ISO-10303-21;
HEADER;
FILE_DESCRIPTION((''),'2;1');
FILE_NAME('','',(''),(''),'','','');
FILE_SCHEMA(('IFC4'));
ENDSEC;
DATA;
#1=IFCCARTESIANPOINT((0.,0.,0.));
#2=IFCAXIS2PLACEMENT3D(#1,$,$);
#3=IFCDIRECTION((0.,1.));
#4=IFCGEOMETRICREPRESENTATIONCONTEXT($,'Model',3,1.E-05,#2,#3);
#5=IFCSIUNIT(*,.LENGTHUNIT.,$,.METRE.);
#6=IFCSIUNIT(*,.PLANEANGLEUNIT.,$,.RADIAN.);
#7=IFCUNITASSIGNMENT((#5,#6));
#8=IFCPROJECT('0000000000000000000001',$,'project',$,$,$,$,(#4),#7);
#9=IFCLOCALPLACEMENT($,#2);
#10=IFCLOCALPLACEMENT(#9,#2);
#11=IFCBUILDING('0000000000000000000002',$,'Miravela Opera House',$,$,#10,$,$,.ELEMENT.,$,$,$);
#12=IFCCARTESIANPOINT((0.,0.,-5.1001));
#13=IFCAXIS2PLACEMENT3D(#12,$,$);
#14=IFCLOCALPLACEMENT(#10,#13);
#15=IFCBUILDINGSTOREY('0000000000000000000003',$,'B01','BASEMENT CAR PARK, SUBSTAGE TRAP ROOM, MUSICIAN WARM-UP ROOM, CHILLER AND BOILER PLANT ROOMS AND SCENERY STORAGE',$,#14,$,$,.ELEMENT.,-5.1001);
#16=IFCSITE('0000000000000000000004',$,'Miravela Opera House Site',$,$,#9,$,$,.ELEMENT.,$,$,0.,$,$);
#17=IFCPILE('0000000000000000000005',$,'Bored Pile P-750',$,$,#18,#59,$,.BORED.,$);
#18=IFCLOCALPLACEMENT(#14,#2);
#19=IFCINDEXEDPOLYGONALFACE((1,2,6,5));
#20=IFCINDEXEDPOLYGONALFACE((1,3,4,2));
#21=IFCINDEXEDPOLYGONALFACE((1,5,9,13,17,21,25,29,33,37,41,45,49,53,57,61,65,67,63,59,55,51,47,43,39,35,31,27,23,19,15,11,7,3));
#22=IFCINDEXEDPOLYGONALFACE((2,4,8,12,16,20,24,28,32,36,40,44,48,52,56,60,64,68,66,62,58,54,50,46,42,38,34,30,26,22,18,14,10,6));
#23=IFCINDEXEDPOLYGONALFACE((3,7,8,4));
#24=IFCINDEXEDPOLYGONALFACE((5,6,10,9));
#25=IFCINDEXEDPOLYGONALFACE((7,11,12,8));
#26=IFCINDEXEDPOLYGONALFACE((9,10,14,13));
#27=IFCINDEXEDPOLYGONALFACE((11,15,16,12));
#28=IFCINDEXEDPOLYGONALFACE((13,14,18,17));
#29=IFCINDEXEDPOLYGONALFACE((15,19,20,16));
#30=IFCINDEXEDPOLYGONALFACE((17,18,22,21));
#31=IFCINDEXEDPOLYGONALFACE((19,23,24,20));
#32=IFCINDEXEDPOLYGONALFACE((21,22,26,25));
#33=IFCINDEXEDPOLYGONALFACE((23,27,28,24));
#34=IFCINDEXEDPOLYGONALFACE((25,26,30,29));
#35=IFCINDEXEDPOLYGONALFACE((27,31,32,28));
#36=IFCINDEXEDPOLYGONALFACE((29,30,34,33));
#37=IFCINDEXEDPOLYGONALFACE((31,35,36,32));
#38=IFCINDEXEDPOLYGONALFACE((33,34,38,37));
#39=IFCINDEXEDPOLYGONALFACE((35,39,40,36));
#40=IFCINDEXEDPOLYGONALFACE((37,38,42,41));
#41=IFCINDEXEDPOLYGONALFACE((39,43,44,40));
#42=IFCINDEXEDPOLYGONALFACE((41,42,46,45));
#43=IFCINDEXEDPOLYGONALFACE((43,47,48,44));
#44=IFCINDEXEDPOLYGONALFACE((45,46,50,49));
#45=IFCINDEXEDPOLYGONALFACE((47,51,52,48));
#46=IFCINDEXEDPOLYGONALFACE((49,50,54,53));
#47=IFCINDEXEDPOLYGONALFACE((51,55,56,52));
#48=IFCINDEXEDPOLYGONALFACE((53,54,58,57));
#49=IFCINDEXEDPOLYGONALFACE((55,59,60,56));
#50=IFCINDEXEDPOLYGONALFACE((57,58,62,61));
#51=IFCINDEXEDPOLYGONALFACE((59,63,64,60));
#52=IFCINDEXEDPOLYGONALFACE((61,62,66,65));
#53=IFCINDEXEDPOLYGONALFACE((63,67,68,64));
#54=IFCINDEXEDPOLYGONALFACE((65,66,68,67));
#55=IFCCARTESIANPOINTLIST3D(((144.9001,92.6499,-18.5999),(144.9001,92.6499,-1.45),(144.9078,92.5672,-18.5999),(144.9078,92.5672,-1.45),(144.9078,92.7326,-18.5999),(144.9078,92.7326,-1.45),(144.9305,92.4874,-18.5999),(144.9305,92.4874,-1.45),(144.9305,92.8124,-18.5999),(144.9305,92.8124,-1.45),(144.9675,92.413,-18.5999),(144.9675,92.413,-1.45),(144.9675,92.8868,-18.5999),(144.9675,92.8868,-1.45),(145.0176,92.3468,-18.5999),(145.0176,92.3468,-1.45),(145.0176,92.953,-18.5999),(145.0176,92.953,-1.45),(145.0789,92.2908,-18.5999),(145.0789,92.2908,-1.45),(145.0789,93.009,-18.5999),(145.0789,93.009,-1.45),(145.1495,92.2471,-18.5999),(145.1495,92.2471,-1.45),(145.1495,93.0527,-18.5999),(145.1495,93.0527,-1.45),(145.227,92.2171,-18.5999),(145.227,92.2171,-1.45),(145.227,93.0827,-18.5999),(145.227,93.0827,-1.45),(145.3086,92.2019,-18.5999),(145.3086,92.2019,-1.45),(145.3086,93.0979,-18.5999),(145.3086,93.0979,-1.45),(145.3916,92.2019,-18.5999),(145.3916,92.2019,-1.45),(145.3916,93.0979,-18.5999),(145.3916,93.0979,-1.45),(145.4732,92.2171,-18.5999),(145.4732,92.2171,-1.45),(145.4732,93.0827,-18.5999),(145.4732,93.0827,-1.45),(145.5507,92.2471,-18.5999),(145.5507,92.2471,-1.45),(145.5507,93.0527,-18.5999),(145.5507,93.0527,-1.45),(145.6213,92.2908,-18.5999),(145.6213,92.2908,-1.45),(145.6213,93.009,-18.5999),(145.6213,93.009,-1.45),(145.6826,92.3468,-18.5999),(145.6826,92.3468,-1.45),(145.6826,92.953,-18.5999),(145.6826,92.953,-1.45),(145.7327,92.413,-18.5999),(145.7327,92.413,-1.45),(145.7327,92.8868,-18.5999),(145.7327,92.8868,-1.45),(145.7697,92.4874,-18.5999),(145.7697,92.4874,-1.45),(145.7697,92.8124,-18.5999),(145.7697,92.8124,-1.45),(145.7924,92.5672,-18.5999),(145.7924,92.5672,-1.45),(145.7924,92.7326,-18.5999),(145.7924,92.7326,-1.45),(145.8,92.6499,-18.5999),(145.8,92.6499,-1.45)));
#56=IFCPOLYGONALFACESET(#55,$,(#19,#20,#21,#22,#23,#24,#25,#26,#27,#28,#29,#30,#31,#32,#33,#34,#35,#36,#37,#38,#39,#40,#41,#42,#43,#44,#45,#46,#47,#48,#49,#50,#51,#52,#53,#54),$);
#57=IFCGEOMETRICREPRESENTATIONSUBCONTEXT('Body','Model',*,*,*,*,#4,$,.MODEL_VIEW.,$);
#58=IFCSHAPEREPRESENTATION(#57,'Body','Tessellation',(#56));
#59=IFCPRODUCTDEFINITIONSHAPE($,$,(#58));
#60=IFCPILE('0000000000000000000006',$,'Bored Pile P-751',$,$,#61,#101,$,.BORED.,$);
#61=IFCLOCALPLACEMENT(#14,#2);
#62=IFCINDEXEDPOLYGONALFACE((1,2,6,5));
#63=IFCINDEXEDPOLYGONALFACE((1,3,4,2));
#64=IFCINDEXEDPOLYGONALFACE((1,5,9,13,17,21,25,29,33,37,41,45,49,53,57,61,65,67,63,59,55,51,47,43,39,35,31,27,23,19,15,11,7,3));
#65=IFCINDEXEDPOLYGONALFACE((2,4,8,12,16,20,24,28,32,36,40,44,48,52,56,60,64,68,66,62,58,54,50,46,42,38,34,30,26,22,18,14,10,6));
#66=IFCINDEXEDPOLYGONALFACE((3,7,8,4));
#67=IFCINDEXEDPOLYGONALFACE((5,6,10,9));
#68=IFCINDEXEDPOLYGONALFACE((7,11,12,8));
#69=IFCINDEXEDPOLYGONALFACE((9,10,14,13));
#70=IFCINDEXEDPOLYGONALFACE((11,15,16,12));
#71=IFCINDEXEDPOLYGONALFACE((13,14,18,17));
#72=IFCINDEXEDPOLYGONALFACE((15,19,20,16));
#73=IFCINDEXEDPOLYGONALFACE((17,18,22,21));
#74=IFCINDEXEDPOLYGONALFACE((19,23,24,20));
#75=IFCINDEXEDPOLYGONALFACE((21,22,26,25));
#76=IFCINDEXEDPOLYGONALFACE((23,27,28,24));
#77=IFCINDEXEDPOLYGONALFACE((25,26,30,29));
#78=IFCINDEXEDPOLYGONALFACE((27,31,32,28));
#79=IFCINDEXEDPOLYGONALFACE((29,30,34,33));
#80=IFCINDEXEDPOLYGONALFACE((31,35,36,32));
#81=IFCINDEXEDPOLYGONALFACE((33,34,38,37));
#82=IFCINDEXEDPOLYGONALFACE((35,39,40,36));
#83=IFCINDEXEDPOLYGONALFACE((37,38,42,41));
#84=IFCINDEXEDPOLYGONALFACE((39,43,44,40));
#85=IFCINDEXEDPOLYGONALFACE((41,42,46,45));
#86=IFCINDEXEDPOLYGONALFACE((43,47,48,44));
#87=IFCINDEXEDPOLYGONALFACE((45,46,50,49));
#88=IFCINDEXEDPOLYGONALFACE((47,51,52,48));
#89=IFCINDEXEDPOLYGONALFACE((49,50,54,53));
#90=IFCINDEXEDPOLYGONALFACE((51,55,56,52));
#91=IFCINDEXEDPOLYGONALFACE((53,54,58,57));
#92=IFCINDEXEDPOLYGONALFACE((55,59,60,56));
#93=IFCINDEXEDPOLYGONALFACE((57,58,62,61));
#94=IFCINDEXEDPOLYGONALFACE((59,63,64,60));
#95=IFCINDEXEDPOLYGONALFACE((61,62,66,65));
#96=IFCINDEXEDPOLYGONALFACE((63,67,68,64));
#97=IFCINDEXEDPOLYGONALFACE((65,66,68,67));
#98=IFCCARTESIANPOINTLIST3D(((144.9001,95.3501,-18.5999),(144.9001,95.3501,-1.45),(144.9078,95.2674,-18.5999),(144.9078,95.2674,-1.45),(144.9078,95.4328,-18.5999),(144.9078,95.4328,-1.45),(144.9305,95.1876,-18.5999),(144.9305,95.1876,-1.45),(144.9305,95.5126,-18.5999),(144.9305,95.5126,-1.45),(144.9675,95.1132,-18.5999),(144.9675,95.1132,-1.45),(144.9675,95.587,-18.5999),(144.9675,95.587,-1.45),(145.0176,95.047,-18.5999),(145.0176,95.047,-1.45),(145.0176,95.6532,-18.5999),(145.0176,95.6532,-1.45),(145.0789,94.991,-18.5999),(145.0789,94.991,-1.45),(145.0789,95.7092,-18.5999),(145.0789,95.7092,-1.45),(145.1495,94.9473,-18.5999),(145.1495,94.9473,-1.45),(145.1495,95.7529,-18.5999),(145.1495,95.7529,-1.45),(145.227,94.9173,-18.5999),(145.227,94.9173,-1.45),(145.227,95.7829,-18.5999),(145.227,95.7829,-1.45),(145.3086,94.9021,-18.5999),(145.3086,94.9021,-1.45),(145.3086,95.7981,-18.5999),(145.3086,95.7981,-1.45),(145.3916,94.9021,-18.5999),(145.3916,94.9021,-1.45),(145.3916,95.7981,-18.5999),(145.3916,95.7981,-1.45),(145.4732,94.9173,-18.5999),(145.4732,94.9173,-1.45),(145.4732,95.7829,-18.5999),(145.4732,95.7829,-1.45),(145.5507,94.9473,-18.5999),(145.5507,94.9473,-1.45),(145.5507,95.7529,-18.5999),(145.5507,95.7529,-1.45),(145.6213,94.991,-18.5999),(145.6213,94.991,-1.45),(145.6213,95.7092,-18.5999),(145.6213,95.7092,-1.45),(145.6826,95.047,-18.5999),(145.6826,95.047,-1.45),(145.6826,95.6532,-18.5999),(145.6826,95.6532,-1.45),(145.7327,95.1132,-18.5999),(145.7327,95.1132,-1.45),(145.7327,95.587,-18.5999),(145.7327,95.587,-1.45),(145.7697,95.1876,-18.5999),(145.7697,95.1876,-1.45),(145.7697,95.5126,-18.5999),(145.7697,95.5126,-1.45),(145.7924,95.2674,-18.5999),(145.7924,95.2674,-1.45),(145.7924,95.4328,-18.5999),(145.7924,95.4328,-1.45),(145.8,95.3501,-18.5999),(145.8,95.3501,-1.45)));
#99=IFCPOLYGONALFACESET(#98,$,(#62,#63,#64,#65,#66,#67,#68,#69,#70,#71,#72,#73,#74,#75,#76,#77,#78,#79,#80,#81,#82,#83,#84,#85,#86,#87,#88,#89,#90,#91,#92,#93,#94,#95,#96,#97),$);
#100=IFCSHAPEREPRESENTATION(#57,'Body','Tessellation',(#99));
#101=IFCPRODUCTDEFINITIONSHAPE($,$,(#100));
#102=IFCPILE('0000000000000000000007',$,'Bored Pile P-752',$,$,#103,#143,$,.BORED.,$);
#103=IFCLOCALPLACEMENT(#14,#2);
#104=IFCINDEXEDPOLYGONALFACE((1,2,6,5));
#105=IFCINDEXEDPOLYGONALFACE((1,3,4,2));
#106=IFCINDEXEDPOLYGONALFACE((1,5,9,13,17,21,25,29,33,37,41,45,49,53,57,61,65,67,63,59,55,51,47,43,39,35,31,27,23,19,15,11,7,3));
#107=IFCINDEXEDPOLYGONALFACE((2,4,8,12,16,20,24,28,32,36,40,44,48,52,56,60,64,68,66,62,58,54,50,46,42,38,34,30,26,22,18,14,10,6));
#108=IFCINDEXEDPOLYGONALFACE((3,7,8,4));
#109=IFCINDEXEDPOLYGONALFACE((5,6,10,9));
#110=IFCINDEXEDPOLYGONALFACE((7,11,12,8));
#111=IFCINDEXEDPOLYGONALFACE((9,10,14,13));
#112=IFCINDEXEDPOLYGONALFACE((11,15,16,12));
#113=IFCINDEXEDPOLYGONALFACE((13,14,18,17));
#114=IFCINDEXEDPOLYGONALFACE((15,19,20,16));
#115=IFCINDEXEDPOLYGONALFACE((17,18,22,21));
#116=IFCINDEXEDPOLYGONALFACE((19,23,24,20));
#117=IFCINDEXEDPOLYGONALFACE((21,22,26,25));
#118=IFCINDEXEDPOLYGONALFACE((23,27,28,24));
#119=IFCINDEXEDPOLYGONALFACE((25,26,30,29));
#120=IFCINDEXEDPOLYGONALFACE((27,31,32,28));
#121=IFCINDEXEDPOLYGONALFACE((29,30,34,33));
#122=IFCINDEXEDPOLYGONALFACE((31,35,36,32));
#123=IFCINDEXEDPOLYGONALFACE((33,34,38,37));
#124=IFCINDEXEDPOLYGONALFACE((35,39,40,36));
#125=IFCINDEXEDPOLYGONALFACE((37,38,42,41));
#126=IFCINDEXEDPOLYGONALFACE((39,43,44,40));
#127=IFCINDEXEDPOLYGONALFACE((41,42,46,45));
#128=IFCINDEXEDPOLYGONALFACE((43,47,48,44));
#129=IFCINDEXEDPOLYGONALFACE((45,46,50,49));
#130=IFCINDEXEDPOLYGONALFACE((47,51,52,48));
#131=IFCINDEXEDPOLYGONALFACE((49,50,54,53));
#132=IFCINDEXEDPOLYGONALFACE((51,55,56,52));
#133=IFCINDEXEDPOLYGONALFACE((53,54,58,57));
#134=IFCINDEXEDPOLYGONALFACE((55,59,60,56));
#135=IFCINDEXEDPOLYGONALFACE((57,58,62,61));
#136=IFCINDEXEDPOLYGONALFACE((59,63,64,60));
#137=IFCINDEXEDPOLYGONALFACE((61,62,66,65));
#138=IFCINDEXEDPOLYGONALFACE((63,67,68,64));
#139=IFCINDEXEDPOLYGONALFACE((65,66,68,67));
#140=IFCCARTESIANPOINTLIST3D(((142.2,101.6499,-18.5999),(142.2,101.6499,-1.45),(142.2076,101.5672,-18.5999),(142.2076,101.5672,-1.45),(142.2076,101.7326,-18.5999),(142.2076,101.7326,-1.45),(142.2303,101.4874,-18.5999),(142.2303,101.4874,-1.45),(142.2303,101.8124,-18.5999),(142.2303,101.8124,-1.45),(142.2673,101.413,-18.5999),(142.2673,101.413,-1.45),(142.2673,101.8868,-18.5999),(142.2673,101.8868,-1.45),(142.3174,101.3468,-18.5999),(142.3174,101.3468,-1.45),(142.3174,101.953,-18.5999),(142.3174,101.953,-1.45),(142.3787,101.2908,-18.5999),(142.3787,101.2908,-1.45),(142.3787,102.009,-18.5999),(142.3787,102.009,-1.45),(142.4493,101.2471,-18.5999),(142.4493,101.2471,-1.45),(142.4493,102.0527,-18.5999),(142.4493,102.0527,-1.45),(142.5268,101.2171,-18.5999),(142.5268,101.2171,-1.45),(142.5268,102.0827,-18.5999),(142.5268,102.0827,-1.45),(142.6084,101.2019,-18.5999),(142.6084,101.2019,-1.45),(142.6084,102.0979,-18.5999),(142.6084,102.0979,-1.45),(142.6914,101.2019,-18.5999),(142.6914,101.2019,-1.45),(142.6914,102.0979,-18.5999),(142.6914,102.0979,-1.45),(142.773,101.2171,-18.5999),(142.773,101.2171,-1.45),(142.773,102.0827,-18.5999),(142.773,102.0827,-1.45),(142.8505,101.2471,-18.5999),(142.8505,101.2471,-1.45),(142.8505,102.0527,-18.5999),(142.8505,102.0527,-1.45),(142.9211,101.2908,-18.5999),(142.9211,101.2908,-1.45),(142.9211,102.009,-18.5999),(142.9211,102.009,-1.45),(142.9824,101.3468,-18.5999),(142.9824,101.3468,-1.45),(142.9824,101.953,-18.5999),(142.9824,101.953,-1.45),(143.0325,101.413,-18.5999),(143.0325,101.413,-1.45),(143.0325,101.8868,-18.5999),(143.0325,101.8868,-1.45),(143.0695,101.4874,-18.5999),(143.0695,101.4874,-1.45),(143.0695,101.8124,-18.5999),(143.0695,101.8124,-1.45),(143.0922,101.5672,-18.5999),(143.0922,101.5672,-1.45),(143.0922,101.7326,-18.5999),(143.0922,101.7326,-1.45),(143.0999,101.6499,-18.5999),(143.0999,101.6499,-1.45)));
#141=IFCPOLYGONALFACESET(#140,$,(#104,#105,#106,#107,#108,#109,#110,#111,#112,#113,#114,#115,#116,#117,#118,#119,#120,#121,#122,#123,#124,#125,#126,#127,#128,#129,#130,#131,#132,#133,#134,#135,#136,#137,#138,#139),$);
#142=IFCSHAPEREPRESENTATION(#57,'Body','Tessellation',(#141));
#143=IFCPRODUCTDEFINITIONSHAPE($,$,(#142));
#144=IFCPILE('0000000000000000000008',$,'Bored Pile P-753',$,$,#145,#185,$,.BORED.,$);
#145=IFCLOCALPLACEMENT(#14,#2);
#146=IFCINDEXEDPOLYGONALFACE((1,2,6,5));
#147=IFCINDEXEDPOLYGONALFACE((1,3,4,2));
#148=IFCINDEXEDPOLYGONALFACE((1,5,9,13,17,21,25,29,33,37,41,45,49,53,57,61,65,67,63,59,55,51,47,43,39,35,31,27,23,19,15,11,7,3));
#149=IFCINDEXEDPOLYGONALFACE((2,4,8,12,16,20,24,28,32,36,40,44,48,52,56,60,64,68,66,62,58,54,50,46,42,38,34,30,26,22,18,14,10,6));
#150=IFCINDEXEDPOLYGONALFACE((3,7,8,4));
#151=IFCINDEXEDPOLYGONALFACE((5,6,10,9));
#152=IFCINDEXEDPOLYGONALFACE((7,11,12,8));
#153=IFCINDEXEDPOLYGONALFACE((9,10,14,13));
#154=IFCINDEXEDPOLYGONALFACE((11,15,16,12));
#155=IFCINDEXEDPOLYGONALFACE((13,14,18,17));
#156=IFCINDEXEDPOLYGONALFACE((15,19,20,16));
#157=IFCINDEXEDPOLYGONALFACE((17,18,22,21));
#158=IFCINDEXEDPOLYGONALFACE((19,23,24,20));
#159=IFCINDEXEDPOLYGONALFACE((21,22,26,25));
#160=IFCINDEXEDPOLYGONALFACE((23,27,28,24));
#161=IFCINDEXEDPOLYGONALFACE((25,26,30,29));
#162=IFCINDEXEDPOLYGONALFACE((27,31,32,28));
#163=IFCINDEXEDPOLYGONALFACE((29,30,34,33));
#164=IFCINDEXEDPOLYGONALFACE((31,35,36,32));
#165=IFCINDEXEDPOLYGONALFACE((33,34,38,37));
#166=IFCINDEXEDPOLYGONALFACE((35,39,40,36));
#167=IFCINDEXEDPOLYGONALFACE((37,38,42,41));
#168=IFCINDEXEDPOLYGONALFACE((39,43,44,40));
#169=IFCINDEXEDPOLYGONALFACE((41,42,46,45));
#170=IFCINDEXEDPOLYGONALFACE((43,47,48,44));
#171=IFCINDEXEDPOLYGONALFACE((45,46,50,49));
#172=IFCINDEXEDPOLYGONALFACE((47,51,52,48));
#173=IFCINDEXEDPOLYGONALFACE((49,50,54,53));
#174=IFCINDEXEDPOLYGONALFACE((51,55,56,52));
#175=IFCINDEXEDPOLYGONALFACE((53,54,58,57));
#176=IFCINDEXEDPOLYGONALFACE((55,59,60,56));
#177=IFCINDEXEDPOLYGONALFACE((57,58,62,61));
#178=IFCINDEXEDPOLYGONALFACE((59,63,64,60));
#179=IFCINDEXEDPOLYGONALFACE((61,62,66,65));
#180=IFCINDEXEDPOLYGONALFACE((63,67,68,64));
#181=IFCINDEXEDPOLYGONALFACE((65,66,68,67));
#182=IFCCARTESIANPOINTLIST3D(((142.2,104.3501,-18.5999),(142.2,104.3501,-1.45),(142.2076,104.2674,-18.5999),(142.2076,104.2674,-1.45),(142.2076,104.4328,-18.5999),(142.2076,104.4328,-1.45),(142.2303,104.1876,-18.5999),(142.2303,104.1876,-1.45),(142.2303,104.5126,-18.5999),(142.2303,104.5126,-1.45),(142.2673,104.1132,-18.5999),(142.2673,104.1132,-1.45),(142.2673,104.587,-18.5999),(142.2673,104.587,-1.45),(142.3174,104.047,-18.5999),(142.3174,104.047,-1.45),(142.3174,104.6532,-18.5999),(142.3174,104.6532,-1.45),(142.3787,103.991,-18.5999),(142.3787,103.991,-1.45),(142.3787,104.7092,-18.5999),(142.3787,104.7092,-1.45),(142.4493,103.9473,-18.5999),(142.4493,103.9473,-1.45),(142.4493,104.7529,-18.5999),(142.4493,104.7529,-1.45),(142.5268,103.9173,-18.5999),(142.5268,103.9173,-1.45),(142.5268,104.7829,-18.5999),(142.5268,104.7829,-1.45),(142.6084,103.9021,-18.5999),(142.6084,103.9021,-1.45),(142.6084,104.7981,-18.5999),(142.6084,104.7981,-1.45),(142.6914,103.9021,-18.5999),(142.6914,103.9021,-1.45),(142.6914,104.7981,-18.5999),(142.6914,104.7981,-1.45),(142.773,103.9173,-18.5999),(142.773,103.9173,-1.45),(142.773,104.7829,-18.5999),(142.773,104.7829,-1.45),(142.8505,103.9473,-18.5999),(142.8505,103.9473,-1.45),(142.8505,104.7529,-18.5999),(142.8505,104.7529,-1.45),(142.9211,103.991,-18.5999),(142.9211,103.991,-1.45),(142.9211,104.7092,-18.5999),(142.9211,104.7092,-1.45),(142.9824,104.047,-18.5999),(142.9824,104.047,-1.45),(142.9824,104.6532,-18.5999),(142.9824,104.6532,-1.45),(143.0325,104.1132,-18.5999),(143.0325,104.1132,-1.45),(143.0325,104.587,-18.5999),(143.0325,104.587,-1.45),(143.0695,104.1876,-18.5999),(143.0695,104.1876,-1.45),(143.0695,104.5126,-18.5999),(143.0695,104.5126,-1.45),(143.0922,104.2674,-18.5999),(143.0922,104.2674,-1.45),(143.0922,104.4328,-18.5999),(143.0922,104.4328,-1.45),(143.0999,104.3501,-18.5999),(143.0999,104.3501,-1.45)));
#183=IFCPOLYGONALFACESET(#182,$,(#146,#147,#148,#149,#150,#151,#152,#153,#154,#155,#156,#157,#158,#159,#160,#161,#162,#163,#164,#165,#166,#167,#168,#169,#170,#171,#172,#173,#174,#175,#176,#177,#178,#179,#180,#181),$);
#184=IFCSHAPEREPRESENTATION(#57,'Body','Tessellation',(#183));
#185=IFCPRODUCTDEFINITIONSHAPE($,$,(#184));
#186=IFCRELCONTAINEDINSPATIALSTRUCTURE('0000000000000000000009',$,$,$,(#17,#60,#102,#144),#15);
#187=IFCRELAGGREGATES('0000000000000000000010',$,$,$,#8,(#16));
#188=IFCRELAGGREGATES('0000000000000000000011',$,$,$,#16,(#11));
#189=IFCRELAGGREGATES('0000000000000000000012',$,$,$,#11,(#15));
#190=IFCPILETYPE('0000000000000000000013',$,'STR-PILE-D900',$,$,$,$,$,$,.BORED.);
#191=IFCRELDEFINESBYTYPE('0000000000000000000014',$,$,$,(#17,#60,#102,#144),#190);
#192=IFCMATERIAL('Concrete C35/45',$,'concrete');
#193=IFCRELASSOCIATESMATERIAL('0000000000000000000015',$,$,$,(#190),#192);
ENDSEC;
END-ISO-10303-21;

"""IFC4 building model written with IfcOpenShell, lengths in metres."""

from ifc_helpers import new_model, si_unit, direction, frame, origin, origin_2d, place, context, subcontext, project, spatial, circle, extrude, material, material_profile, profile_set, type_object, element, save


model = new_model("IFC4")

# Units and contexts
model_context = context("Model", 3, precision=1e-05, world=origin(), true_north=direction((0.0, 1.0)))
body_context = subcontext(model_context, "Body", "Model", "MODEL_VIEW")
ifc_project = project(units=[si_unit("LENGTHUNIT", "METRE"), si_unit("PLANEANGLEUNIT", "RADIAN")], contexts=[model_context])

# Site, building, storey
site_placement = place(None, origin())
site = spatial("IfcSite", under=ifc_project, at=site_placement, Name="Miravela Opera House Site", CompositionType="ELEMENT", RefElevation=0.0)
building_placement = place(site_placement, origin())
building = spatial("IfcBuilding", under=site, at=building_placement, Name="Miravela Opera House", CompositionType="ELEMENT")
storey_placement = place(building_placement, frame((0.0, 0.0, -5.1001)))
storey = spatial("IfcBuildingStorey", under=building, at=storey_placement, Name="B01", Description="BASEMENT CAR PARK, SUBSTAGE TRAP ROOM, MUSICIAN WARM-UP ROOM, CHILLER AND BOILER PLANT ROOMS AND SCENERY STORAGE", CompositionType="ELEMENT", Elevation=-5.1001)

# Shared definitions
ifc_material_1 = material(Name="Concrete C35/45", Category="concrete")

# Piles
ifc_material_profile_1 = material_profile(ifc_material_1, circle(Radius=0.45, at=origin_2d()), Name="PILE-D900")
ifc_profile_set_1 = profile_set([ifc_material_profile_1])
pile_type = type_object("IfcPileType", Name="STR-PILE-D900", PredefinedType="BORED", material=ifc_profile_set_1)
for number, where, z_axis, x_axis, name in (
    (1, (145.3501, 92.6499, -1.45), (0.0, 0.0, -1.0), (1.0, 0.0, 0.0), "Bored Pile P-750"),
    (2, (145.3501, 95.3501, -1.45), (0.0, 0.0, -1.0), (1.0, 0.0, 0.0), "Bored Pile P-751"),
    (3, (142.6499, 101.6499, -1.45), (0.0, 0.0, -1.0), (1.0, 0.0, 0.0), "Bored Pile P-752"),
    (4, (142.6499, 104.3501, -1.45), (0.0, 0.0, -1.0), (1.0, 0.0, 0.0), "Bored Pile P-753"),
):
    element("IfcPile", number, at=place(storey_placement, frame(where, z_axis=z_axis, x_axis=x_axis)), inside=storey, type_object=pile_type, Name=name, PredefinedType="BORED", context=body_context, shape_type="SweptSolid", body=[
        extrude(circle(Radius=0.45, at=origin_2d()), origin(), (0.0, 0.0, 1.0), 17.1499),
    ])

save(model, "model.ifc")
